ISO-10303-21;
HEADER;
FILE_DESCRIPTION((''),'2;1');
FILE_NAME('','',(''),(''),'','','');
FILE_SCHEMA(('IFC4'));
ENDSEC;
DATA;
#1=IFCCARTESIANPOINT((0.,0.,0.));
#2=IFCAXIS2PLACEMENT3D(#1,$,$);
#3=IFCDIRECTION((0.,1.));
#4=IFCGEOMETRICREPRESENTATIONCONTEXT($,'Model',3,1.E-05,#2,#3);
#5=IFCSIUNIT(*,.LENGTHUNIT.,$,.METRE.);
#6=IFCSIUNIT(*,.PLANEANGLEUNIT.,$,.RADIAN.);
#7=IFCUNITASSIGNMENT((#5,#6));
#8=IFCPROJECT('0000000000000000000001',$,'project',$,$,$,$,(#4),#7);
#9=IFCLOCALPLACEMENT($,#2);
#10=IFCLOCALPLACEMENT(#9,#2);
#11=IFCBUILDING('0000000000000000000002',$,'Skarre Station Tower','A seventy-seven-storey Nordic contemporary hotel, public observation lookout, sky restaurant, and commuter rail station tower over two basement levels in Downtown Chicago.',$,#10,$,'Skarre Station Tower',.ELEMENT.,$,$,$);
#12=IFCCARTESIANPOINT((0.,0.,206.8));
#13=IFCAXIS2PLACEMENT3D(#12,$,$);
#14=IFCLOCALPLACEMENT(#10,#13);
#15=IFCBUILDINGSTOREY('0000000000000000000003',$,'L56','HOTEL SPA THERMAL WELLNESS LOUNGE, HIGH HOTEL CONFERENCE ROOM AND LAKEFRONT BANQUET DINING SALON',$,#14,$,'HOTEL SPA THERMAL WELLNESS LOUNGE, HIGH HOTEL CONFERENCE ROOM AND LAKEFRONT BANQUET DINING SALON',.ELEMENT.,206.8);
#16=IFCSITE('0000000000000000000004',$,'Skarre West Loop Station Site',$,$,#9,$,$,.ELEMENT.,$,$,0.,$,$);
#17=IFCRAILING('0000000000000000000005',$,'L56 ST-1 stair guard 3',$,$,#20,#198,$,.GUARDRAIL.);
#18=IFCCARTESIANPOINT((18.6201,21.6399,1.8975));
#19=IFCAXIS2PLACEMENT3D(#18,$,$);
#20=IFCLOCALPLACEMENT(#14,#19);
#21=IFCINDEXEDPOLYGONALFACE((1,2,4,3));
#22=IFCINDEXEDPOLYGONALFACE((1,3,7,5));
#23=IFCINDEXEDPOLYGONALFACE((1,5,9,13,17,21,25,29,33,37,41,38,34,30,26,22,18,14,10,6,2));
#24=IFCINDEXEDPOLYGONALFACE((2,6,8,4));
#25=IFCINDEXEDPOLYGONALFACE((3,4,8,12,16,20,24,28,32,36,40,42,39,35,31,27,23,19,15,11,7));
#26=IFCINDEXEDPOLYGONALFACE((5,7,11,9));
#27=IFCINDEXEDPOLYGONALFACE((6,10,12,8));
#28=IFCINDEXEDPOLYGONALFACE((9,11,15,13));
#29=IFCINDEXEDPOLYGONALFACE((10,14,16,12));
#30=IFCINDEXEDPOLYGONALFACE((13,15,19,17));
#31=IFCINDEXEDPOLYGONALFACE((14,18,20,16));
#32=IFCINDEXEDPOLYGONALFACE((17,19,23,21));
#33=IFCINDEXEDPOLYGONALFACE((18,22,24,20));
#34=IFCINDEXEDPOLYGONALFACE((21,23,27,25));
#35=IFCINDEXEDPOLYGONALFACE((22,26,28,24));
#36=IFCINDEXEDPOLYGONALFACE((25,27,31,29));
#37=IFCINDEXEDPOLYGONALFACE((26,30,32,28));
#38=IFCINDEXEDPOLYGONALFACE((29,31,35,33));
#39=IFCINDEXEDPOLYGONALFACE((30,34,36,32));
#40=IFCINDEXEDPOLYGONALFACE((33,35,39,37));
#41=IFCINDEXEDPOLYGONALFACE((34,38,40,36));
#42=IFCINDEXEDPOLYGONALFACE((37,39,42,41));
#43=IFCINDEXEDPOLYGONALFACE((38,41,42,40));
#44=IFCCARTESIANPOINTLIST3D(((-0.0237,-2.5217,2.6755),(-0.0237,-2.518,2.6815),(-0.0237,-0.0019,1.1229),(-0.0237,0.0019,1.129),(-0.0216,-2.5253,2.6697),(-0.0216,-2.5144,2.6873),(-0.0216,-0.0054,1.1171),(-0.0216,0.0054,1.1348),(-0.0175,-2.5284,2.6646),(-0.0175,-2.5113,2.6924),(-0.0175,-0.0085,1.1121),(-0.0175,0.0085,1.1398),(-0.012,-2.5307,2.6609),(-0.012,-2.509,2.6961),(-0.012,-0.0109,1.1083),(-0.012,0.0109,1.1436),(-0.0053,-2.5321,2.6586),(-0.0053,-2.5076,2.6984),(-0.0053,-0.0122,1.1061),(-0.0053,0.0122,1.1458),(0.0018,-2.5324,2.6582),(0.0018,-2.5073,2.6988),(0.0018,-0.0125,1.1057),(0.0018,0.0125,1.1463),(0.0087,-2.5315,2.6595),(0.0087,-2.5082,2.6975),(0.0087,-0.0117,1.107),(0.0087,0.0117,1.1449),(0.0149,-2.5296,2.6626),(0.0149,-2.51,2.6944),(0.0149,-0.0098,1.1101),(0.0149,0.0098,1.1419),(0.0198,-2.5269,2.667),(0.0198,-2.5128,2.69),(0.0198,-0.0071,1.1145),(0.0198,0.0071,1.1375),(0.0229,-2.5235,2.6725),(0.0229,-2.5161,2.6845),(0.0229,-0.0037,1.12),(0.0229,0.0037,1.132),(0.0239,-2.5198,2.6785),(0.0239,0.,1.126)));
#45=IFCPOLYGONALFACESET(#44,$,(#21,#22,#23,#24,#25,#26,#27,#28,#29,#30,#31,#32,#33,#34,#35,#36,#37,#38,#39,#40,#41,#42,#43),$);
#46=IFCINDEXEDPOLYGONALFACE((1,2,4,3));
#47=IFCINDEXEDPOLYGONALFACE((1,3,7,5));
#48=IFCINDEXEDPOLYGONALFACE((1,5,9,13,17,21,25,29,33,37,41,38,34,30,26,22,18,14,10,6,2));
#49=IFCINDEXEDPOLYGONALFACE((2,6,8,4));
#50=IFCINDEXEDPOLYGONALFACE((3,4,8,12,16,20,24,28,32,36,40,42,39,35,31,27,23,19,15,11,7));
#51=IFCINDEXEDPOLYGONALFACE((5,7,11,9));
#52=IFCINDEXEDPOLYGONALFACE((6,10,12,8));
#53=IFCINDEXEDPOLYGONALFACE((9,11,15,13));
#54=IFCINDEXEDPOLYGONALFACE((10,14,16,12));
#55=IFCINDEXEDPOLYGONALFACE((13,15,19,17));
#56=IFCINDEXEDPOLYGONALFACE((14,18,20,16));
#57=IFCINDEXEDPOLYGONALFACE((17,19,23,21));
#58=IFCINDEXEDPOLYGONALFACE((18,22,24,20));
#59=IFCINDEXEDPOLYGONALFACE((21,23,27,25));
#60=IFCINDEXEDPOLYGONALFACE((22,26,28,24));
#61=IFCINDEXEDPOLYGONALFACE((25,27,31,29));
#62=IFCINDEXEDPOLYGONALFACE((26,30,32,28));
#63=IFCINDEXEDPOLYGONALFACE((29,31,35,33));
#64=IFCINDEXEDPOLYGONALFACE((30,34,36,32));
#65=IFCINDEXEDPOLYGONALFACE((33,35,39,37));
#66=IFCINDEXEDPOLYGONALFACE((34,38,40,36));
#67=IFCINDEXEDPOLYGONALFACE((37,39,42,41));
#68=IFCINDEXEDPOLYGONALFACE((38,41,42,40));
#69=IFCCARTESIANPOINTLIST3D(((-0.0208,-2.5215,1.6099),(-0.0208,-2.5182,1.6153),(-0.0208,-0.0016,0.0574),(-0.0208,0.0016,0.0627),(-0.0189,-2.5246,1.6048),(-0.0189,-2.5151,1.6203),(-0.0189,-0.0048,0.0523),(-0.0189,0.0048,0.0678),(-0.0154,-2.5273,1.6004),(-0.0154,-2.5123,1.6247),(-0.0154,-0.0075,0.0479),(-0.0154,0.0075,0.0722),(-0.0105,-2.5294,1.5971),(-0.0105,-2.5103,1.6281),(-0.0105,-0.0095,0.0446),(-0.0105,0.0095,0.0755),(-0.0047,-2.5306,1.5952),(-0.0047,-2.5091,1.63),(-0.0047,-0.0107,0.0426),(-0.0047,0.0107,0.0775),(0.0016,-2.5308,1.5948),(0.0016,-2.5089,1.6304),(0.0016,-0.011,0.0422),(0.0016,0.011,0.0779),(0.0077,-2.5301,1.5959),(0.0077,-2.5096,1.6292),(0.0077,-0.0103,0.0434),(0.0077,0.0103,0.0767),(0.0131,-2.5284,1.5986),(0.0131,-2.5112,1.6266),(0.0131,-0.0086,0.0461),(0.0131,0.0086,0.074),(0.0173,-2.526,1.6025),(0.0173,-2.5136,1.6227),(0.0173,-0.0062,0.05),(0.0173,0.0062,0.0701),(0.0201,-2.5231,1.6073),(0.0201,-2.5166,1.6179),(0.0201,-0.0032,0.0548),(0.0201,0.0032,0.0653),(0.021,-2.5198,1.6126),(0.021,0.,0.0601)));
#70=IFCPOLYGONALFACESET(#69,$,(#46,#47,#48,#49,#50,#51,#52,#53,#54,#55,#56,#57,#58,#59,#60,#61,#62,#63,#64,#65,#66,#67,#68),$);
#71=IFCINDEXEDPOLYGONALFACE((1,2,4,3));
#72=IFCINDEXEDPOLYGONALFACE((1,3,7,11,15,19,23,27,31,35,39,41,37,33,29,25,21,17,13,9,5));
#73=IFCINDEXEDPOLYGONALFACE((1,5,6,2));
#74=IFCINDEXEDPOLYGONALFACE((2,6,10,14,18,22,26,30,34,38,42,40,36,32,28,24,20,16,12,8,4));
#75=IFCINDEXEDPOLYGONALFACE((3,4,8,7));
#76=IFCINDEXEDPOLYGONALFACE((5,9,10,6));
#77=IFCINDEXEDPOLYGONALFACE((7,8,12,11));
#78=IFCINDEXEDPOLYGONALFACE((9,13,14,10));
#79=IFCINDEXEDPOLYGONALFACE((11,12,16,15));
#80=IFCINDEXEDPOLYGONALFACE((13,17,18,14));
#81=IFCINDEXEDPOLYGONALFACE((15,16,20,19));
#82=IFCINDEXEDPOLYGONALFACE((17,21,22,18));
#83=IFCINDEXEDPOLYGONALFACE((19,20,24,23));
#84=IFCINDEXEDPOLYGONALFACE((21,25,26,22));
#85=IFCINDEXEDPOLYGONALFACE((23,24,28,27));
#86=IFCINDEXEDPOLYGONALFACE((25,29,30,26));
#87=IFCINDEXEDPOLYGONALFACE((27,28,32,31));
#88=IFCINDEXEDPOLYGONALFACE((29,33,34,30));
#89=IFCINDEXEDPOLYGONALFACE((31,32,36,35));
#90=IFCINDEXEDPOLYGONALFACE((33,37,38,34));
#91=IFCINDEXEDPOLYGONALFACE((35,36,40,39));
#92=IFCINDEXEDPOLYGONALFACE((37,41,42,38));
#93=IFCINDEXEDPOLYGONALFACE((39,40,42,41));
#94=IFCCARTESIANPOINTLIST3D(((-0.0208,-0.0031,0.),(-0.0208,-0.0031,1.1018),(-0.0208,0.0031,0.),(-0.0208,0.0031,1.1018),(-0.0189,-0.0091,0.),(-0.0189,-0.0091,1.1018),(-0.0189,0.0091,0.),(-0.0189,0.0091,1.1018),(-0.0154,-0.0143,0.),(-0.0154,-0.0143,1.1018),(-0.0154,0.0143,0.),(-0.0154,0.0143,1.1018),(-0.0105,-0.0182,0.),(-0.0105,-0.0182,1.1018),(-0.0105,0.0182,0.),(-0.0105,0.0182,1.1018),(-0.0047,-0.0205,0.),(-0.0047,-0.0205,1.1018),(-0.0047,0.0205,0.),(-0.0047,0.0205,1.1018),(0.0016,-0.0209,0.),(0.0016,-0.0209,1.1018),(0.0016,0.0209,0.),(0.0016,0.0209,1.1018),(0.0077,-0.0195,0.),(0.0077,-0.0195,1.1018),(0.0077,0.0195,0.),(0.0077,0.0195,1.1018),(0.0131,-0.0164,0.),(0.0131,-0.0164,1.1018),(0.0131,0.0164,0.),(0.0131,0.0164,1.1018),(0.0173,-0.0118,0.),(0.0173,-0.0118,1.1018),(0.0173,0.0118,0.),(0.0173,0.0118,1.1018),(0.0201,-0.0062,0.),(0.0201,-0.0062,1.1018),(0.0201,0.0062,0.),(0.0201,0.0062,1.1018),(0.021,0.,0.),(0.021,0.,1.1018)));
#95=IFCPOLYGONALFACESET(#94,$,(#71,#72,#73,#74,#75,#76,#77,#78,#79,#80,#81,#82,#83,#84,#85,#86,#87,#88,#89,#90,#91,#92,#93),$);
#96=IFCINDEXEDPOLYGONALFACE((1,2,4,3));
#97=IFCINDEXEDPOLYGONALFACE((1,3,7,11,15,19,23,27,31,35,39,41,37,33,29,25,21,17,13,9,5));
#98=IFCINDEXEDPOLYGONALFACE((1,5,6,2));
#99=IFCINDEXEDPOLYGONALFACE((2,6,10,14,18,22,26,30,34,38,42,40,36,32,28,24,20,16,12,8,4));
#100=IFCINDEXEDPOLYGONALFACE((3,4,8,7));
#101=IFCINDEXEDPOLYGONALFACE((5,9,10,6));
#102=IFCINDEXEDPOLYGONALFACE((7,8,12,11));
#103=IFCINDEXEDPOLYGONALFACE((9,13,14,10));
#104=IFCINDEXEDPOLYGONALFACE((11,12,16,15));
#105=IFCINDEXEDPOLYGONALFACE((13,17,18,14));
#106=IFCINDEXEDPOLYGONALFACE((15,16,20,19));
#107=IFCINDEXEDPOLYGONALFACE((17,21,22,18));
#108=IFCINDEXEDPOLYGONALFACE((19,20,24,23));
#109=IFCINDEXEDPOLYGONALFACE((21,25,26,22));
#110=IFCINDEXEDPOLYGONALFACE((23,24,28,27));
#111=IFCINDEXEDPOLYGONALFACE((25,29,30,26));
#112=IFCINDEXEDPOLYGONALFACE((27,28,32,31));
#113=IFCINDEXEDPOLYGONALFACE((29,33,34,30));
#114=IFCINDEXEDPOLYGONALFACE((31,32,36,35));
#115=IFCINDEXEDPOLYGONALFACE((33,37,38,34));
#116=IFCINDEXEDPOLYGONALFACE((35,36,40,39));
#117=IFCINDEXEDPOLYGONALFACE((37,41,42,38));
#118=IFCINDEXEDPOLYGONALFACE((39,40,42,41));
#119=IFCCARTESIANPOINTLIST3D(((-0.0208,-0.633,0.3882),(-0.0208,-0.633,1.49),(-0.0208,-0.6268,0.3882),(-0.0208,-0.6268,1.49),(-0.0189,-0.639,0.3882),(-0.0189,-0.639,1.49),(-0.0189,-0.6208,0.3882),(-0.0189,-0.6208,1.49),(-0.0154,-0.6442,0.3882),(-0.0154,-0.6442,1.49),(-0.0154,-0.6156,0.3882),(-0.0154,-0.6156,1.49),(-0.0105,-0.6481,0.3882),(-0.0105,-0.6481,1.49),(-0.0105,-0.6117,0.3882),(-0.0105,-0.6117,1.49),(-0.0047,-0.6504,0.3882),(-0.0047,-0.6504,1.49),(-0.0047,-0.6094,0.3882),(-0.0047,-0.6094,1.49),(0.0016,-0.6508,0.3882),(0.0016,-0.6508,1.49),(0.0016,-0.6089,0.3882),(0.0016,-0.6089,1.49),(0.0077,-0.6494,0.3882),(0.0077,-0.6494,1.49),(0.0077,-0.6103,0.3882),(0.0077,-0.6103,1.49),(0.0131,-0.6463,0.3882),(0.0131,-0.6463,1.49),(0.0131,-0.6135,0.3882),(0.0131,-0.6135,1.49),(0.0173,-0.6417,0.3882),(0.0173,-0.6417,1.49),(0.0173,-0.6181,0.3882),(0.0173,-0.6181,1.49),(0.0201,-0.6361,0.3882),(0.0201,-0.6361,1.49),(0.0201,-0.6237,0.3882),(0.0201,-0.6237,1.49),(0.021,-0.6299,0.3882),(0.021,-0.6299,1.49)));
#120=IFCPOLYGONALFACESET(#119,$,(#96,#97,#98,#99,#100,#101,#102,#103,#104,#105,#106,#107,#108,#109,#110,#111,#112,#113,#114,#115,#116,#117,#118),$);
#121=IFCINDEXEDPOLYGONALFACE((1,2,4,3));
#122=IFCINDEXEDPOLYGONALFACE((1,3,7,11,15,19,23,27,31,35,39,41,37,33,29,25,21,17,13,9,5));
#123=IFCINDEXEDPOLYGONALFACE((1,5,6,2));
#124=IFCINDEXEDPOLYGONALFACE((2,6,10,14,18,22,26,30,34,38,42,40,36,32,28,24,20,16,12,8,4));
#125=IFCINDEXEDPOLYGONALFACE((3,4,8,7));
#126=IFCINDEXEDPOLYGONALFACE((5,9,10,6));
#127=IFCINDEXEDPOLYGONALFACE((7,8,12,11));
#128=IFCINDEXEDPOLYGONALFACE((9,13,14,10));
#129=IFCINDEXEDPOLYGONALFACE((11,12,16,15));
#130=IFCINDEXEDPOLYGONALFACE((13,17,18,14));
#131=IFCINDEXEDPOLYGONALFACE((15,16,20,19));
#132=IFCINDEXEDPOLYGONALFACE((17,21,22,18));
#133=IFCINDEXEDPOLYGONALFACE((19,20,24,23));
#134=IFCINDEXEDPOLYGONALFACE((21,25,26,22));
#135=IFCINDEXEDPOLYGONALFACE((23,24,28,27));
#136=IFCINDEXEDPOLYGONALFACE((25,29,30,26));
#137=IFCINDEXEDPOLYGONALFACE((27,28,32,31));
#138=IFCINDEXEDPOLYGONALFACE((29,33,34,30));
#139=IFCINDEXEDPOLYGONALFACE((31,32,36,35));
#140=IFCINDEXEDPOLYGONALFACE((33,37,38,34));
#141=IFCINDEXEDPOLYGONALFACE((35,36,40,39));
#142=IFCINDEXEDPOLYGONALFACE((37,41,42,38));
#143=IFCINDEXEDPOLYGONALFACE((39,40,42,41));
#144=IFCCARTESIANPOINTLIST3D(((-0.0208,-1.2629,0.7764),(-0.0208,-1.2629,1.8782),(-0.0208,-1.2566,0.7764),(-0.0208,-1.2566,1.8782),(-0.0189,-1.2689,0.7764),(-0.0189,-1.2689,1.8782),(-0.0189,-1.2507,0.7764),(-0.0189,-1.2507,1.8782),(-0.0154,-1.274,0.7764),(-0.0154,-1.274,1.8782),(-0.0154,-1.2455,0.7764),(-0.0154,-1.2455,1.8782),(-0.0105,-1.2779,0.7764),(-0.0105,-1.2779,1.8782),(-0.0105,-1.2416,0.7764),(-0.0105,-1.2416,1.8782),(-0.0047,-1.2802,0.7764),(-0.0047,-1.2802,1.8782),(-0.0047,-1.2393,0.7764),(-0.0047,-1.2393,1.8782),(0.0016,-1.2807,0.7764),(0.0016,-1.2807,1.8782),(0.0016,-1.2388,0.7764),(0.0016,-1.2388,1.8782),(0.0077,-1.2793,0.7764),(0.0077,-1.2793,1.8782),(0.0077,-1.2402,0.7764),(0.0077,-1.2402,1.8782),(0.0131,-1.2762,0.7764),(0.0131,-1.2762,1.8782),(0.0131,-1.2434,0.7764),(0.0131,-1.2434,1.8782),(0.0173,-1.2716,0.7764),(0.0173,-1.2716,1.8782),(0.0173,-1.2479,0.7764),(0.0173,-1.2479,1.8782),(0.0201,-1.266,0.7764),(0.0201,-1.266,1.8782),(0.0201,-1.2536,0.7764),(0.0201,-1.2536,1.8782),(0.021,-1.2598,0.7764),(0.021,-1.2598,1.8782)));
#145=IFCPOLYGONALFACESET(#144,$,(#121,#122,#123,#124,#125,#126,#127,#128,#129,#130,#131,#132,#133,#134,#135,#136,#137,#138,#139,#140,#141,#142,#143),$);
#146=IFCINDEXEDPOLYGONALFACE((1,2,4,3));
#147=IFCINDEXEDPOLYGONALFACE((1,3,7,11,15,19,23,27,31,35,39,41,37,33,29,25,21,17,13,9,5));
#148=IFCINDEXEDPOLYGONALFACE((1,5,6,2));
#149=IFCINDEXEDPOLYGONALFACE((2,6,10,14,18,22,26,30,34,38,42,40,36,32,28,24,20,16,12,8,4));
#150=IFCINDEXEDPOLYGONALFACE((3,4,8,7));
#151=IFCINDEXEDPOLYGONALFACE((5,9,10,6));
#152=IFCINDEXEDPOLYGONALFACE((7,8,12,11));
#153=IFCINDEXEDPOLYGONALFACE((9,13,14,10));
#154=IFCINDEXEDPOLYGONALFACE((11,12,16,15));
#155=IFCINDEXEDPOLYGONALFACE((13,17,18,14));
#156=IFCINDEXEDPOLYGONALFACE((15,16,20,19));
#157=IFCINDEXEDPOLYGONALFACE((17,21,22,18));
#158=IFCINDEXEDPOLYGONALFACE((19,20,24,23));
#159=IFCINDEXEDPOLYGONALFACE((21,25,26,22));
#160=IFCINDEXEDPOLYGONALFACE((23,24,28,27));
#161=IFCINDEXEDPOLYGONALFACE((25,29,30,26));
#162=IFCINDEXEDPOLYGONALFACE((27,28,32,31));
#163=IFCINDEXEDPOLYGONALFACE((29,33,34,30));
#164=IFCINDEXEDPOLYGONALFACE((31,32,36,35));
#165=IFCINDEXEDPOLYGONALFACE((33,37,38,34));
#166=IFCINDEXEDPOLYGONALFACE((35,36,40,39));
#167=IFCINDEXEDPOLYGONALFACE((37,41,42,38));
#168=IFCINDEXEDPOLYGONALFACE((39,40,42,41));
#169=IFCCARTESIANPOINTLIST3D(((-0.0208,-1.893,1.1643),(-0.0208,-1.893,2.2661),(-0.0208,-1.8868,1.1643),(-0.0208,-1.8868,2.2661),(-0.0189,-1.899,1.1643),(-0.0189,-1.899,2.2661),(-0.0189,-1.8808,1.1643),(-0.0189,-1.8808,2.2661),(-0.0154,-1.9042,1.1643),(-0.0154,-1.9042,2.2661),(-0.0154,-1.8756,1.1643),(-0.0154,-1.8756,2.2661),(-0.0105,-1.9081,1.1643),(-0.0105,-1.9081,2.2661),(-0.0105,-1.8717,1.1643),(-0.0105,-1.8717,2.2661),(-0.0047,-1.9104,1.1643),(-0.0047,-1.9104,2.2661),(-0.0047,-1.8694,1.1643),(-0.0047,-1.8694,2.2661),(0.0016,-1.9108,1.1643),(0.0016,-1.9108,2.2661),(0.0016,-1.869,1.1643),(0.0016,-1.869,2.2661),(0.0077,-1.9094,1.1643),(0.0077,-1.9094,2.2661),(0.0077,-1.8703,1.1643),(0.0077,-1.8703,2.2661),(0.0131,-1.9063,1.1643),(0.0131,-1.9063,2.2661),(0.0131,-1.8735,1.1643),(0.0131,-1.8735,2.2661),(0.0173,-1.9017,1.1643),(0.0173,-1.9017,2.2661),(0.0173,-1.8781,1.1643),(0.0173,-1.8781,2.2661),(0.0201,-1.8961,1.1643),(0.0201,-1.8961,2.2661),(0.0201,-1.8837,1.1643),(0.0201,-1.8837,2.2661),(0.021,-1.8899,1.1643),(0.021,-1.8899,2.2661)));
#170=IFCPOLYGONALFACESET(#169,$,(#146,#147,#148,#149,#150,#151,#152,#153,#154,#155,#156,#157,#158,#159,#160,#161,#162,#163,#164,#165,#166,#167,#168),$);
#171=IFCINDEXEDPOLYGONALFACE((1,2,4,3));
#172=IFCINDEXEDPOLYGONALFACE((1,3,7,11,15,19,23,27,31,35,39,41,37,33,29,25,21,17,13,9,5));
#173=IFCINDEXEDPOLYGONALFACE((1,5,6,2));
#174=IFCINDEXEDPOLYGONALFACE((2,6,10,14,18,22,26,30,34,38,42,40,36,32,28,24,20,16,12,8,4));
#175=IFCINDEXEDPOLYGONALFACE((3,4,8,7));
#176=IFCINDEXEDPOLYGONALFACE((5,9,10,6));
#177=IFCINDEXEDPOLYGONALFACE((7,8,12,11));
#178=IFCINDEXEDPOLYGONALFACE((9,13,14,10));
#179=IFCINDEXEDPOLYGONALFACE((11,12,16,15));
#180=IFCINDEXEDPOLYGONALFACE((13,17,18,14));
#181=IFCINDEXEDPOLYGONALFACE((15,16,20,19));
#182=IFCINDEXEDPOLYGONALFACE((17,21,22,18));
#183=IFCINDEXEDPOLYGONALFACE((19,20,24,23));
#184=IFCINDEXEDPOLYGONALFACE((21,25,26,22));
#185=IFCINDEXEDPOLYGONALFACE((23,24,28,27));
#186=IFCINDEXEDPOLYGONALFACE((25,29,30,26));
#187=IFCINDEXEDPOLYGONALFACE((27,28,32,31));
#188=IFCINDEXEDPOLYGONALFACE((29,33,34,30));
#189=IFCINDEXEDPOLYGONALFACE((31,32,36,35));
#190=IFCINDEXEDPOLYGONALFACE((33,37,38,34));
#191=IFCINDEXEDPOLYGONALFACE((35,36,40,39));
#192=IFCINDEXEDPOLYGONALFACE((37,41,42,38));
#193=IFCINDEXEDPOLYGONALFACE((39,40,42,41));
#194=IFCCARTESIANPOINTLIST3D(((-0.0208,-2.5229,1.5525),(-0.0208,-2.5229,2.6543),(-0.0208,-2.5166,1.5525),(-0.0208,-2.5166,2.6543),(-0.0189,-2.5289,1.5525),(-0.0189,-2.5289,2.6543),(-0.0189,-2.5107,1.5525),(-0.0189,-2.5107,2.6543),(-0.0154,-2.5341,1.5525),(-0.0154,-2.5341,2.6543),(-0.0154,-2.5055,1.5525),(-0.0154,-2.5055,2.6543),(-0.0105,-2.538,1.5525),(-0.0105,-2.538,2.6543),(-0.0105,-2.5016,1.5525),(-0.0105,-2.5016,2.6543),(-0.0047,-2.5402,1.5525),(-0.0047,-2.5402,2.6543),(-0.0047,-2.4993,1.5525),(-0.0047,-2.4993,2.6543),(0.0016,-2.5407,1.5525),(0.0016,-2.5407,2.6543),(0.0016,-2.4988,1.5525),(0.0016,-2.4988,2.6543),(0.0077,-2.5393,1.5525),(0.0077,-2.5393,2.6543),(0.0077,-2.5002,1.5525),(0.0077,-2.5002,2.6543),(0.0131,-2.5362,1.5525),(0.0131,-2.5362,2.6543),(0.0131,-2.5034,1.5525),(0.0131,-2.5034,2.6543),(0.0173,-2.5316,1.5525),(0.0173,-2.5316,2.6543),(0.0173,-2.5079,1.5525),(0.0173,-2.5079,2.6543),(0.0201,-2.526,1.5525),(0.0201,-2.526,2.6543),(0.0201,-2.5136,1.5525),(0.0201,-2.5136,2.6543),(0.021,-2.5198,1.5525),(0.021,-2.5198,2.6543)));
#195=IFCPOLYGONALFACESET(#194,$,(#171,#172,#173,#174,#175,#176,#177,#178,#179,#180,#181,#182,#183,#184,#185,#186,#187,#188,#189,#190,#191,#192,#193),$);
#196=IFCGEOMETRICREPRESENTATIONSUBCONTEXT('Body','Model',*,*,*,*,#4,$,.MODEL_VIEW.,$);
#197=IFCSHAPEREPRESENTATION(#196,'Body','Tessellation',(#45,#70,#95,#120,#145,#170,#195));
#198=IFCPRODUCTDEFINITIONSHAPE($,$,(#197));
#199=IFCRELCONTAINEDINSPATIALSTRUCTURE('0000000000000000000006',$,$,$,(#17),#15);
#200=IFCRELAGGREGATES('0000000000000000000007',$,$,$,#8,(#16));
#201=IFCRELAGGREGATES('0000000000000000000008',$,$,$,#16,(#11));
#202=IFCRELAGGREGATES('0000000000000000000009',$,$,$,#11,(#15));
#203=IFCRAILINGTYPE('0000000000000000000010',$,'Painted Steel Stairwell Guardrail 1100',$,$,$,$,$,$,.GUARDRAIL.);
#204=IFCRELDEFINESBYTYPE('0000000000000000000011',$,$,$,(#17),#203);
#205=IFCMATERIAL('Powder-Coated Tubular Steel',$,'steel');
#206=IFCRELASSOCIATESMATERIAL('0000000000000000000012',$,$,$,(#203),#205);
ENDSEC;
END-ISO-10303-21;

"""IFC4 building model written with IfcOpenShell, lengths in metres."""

from ifc_helpers import new_model, si_unit, direction, frame, origin, origin_2d, place, context, subcontext, project, spatial, circle, extrude, material, type_object, element, save


model = new_model("IFC4")

# Units and contexts
model_context = context("Model", 3, precision=1e-05, world=origin(), true_north=direction((0.0, 1.0)))
body_context = subcontext(model_context, "Body", "Model", "MODEL_VIEW")
ifc_project = project(units=[si_unit("LENGTHUNIT", "METRE"), si_unit("PLANEANGLEUNIT", "RADIAN")], contexts=[model_context])

# Site, building, storey
site_placement = place(None, origin())
site = spatial("IfcSite", under=ifc_project, at=site_placement, Name="Skarre West Loop Station Site", CompositionType="ELEMENT", RefElevation=0.0)
building_placement = place(site_placement, origin())
building = spatial("IfcBuilding", under=site, at=building_placement, Name="Skarre Station Tower", Description="A seventy-seven-storey Nordic contemporary hotel, public observation lookout, sky restaurant, and commuter rail station tower over two basement levels in Downtown Chicago.", LongName="Skarre Station Tower", CompositionType="ELEMENT")
storey_placement = place(building_placement, frame((0.0, 0.0, 206.8)))
storey = spatial("IfcBuildingStorey", under=building, at=storey_placement, Name="L56", Description="HOTEL SPA THERMAL WELLNESS LOUNGE, HIGH HOTEL CONFERENCE ROOM AND LAKEFRONT BANQUET DINING SALON", LongName="HOTEL SPA THERMAL WELLNESS LOUNGE, HIGH HOTEL CONFERENCE ROOM AND LAKEFRONT BANQUET DINING SALON", CompositionType="ELEMENT", Elevation=206.8)

# Railing
ifc_material_1 = material(Name="Powder-Coated Tubular Steel", Category="steel")
railing_type_1 = type_object("IfcRailingType", Name="Painted Steel Stairwell Guardrail 1100", PredefinedType="GUARDRAIL", material=ifc_material_1)
railing_1_placement = place(storey_placement, frame((18.6201, 21.6399, 1.8975)))
element("IfcRailing", 1, at=railing_1_placement, inside=storey, type_object=railing_type_1, Name="L56 ST-1 stair guard 3", PredefinedType="GUARDRAIL", context=body_context, shape_type="SweptSolid", body=[
    extrude(circle(Radius=0.0239, at=origin_2d()), frame((0.0, 0.0, 1.126), z_axis=(0.0, -0.851378, 0.524553), x_axis=(1.0, 0.0, 0.0)), (0.0, 0.0, 1.0), 2.9597),
    extrude(circle(Radius=0.021, at=origin_2d()), frame((0.0, 0.0, 0.0601), z_axis=(0.0, -0.851378, 0.524553), x_axis=(1.0, 0.0, 0.0)), (0.0, 0.0, 1.0), 2.9597),
    extrude(circle(Radius=0.021, at=origin_2d()), origin(), (0.0, 0.0, 1.0), 1.1018),
    extrude(circle(Radius=0.021, at=origin_2d()), frame((0.0, -0.6299, 0.3882)), (0.0, 0.0, 1.0), 1.1018),
    extrude(circle(Radius=0.021, at=origin_2d()), frame((0.0, -1.2598, 0.7764)), (0.0, 0.0, 1.0), 1.1018),
    extrude(circle(Radius=0.021, at=origin_2d()), frame((0.0, -1.8899, 1.1643)), (0.0, 0.0, 1.0), 1.1018),
    extrude(circle(Radius=0.021, at=origin_2d()), frame((0.0, -2.5198, 1.5525)), (0.0, 0.0, 1.0), 1.1018),
])

save(model, "model.ifc")
